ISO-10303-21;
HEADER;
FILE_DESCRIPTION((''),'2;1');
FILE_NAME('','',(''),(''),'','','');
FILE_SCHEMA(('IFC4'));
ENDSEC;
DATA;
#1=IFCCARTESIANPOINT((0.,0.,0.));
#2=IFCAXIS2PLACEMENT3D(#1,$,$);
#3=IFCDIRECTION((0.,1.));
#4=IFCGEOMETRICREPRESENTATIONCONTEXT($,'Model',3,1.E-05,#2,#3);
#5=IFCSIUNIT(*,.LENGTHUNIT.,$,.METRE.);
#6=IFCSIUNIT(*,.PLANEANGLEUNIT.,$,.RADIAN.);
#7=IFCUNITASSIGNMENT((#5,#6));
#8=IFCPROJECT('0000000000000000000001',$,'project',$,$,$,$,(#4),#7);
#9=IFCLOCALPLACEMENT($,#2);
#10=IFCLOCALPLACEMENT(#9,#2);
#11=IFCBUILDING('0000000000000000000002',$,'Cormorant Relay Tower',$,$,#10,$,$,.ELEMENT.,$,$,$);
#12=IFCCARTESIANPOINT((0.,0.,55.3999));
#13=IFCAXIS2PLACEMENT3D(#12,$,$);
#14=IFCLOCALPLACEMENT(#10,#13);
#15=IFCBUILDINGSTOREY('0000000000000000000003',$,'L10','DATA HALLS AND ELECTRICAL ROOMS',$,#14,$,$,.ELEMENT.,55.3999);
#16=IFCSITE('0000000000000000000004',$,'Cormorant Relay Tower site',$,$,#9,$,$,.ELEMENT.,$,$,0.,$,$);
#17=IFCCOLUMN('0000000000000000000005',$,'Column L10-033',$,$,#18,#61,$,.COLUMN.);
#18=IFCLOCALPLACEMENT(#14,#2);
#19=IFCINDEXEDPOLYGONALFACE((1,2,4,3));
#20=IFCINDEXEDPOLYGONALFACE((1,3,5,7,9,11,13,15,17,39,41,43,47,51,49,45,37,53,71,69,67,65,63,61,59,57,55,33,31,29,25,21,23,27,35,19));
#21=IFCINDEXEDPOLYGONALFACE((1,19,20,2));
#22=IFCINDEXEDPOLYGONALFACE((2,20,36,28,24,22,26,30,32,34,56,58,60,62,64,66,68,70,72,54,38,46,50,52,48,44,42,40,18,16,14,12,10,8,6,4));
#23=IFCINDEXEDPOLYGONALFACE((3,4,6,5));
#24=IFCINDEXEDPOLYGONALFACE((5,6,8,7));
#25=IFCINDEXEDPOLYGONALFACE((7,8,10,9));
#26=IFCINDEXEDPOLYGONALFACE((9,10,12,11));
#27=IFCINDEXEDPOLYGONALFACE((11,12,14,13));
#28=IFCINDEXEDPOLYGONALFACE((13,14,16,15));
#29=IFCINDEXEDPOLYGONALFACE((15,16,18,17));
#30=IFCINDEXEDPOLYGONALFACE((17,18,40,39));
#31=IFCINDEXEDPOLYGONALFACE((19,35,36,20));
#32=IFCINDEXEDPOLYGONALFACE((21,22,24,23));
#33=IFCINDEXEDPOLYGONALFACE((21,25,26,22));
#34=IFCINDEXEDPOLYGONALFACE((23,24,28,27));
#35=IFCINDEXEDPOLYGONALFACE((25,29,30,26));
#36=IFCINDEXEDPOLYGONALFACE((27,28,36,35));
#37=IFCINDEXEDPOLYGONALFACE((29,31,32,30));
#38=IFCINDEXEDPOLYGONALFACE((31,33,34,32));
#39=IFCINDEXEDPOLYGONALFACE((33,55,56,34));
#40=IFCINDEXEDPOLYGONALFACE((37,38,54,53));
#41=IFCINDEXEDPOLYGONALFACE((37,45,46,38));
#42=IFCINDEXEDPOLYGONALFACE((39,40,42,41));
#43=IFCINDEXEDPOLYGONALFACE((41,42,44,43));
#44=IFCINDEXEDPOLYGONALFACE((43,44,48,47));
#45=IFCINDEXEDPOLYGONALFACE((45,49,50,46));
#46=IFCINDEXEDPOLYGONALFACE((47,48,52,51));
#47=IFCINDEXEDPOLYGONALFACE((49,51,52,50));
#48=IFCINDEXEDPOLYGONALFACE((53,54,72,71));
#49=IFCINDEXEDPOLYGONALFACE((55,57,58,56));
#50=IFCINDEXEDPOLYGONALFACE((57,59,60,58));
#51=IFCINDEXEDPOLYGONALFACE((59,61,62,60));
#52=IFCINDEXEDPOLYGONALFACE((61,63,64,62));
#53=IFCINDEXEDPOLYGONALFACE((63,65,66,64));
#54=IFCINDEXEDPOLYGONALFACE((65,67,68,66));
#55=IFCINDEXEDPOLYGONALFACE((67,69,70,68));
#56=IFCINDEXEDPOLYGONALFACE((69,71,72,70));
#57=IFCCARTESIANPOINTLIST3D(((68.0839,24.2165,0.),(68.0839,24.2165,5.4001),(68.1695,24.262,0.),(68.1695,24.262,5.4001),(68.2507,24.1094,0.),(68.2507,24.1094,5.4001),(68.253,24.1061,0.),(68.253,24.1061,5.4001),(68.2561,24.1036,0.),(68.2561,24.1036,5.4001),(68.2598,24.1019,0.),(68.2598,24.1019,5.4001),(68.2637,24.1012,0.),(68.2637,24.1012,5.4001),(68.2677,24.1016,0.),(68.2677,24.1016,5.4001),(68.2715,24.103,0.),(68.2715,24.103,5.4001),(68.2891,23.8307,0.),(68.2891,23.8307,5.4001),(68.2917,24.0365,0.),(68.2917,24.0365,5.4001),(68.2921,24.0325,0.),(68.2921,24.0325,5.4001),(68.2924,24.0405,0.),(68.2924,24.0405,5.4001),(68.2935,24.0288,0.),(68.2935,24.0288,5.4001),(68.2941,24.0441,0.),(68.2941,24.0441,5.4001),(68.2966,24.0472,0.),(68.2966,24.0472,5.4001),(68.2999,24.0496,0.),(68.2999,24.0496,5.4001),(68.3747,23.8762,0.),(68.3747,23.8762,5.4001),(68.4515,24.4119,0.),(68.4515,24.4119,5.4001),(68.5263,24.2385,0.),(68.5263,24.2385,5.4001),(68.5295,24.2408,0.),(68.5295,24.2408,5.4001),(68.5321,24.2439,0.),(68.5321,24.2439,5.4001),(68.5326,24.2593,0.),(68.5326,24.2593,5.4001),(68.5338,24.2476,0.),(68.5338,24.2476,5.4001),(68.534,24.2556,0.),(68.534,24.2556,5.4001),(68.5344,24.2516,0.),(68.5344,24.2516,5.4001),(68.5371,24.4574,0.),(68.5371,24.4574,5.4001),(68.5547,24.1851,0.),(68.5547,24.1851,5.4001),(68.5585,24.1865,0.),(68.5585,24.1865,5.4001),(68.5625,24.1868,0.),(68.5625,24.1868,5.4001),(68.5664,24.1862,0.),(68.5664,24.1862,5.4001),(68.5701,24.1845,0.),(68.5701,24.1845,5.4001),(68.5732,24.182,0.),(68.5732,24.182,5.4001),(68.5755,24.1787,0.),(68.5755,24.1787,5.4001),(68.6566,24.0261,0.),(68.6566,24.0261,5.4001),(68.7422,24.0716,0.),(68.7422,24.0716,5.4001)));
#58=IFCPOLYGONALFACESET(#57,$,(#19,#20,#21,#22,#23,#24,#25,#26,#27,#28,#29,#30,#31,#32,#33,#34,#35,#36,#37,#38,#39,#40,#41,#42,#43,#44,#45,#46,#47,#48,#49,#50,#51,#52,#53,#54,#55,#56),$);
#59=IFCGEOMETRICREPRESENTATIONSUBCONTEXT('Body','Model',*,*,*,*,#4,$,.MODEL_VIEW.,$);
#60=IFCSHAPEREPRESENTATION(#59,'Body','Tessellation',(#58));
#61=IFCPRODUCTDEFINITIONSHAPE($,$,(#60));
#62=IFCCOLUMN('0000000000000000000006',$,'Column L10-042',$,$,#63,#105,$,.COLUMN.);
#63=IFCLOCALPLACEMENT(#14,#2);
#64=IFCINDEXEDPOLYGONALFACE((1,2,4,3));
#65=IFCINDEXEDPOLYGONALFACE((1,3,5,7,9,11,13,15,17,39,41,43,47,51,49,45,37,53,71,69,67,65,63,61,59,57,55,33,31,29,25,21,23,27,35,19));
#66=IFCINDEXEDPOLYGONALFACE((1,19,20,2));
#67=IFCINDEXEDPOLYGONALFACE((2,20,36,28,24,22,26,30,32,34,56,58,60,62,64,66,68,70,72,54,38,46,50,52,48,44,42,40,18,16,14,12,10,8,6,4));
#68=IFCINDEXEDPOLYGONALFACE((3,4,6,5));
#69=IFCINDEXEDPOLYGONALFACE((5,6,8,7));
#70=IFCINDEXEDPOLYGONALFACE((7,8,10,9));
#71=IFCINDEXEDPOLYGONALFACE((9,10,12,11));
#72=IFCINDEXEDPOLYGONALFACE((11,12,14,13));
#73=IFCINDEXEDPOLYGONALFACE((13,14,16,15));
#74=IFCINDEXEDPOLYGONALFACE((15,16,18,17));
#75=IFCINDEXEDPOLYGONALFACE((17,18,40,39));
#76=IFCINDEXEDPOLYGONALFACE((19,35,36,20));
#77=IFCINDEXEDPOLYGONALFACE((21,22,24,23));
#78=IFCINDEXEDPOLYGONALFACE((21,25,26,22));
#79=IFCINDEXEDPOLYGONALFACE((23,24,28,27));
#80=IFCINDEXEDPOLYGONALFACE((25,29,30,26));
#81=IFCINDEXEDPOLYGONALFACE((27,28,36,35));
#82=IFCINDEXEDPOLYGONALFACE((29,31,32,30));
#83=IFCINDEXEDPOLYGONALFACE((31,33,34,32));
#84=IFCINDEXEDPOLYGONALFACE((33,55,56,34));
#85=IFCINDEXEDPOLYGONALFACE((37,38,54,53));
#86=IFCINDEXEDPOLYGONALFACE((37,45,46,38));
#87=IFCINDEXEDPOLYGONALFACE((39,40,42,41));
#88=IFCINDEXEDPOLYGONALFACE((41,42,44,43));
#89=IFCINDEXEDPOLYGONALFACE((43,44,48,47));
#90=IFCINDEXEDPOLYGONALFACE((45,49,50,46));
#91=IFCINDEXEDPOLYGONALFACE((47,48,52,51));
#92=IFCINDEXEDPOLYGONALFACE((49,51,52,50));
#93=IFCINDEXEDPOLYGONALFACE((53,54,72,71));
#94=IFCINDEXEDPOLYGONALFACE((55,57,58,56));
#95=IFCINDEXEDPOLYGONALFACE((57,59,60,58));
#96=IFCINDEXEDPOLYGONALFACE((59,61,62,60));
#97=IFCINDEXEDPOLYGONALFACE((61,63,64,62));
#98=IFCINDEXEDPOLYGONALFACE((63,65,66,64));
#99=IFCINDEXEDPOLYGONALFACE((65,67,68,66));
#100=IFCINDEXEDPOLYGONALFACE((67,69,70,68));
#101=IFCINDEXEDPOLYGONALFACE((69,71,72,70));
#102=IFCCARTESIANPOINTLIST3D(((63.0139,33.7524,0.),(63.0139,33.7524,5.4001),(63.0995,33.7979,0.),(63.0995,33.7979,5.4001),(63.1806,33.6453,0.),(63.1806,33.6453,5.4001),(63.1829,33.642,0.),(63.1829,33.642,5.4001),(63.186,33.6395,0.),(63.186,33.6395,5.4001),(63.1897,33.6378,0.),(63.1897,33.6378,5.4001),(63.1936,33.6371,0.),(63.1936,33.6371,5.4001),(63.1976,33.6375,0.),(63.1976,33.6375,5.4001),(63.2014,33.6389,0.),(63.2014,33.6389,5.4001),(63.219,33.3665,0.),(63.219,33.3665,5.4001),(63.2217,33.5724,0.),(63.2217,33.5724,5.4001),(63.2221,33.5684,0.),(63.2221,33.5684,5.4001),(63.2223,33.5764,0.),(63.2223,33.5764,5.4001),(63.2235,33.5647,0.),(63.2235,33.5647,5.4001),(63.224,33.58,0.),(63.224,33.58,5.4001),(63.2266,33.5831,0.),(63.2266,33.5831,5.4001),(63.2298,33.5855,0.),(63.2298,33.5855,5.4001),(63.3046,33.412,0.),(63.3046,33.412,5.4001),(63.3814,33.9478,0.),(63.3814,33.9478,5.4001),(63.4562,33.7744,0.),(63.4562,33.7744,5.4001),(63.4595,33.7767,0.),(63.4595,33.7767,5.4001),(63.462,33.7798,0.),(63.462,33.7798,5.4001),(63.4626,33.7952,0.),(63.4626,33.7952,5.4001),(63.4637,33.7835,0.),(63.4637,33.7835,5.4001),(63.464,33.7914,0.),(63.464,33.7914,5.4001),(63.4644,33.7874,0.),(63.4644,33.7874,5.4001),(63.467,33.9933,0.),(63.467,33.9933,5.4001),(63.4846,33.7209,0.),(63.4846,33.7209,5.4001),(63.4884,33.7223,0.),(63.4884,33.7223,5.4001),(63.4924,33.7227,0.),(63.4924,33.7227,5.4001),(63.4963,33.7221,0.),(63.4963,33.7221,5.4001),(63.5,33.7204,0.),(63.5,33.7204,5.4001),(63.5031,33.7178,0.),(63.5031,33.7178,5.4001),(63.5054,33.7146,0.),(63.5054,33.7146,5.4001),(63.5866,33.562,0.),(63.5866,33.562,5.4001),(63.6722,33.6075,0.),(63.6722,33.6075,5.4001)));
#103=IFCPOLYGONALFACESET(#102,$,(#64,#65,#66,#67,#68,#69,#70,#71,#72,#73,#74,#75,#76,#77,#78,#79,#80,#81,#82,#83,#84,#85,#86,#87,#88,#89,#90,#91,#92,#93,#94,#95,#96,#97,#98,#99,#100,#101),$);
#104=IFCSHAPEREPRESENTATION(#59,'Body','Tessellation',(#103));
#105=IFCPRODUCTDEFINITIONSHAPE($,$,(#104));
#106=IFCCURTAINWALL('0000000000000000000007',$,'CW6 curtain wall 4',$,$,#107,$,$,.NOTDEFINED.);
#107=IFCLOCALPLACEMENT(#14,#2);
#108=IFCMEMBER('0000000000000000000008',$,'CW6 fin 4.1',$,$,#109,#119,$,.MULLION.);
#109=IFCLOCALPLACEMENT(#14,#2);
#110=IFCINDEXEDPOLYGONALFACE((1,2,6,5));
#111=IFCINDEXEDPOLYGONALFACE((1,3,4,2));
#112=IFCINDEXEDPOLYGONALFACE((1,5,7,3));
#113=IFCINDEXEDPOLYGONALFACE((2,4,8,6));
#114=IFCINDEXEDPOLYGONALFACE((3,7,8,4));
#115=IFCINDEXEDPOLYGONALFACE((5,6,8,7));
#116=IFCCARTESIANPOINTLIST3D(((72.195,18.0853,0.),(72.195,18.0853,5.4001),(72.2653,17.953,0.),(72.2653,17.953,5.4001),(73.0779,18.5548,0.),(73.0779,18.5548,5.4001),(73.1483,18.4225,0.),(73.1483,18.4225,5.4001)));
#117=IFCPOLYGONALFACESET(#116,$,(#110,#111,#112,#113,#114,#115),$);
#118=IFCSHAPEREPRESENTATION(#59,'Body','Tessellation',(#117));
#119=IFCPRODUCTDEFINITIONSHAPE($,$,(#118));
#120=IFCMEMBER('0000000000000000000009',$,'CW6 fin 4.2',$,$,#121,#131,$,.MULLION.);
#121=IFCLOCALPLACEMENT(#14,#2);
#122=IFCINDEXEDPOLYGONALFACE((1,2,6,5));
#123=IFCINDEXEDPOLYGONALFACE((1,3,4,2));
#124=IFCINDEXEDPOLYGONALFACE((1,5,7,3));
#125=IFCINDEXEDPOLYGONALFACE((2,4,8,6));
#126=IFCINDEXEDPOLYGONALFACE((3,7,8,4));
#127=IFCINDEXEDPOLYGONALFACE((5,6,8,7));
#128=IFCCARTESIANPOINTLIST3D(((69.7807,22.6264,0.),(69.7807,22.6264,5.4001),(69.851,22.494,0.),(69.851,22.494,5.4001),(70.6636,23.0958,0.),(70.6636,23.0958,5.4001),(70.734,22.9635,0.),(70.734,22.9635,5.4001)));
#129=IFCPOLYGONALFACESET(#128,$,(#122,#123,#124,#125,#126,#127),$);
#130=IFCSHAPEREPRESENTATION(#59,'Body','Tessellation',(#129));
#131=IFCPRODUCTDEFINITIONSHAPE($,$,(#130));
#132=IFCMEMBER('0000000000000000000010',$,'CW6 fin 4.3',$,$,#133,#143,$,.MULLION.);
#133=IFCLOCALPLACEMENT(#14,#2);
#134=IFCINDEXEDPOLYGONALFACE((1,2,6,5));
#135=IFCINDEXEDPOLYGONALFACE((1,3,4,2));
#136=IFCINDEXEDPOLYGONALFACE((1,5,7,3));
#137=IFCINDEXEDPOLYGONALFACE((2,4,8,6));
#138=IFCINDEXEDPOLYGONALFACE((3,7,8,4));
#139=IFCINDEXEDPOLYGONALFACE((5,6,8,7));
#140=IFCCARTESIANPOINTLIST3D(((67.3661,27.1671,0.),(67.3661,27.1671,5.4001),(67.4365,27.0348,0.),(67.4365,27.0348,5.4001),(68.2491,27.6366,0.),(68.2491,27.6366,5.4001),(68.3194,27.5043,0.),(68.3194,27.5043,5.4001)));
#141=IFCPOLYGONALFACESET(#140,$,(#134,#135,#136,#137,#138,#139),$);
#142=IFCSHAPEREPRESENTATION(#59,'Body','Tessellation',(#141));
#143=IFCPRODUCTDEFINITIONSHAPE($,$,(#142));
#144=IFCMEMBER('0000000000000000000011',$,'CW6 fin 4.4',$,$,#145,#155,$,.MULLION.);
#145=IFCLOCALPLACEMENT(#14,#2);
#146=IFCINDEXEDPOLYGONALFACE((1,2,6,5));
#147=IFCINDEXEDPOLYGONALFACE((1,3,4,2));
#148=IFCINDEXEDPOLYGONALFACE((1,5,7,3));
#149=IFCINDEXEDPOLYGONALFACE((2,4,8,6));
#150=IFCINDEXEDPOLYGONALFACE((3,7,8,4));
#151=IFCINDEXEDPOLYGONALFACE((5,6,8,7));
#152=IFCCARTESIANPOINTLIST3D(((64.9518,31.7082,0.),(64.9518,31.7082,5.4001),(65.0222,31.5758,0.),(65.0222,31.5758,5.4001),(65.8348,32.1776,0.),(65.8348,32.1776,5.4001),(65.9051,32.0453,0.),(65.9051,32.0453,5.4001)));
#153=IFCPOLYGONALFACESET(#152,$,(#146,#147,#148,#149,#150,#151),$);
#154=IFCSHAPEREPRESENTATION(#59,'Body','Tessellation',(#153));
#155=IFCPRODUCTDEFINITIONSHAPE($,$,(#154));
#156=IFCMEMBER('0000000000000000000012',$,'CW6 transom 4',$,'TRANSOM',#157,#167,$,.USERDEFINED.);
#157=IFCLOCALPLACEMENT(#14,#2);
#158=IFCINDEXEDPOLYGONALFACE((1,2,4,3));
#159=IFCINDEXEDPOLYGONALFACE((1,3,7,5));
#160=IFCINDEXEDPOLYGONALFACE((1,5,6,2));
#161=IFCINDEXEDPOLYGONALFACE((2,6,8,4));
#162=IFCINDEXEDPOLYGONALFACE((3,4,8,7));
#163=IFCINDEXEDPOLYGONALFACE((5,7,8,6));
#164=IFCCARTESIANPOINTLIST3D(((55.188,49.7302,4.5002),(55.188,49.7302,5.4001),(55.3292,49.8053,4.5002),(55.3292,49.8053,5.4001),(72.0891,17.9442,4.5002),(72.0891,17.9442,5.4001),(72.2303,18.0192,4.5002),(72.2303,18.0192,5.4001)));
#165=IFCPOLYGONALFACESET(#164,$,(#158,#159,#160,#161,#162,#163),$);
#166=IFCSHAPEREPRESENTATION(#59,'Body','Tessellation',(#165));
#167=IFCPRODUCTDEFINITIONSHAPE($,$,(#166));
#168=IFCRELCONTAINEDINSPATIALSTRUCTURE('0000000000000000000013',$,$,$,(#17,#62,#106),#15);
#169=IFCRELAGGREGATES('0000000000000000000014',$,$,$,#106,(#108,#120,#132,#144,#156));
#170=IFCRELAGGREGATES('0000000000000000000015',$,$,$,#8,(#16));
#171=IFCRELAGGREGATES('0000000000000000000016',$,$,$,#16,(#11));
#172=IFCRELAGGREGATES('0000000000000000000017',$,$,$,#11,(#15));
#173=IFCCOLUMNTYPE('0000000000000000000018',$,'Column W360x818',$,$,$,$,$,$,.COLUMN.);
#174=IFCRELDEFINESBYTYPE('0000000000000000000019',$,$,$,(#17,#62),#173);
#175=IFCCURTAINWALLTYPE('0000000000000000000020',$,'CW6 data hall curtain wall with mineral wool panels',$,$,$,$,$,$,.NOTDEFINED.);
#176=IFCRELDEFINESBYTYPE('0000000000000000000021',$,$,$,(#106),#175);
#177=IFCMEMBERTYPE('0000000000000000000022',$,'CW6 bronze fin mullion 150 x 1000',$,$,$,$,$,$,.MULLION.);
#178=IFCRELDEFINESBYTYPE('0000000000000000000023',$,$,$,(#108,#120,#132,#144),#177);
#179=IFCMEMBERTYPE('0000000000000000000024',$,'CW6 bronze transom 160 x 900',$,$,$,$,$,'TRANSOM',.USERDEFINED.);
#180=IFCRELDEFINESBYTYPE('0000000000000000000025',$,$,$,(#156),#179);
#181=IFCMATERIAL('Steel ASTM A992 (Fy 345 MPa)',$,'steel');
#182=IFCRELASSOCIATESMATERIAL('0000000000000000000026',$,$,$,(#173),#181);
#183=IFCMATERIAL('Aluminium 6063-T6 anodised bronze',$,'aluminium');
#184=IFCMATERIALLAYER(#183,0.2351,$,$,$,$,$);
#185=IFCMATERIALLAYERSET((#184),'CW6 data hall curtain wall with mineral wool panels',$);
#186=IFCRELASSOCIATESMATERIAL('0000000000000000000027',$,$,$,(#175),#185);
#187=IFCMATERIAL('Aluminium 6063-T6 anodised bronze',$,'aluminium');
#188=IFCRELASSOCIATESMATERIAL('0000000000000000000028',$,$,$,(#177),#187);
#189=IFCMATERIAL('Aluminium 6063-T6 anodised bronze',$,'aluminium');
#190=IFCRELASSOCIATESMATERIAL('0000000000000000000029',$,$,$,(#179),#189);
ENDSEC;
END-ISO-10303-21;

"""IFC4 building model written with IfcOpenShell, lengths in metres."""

from ifc_helpers import new_model, si_unit, direction, frame, origin, origin_2d, place, context, subcontext, project, spatial, rectangle, i_section, extrude, material, layer, layer_set, material_profile, profile_set, type_object, element, aggregate, save


model = new_model("IFC4")

# Units and contexts
model_context = context("Model", 3, precision=1e-05, world=origin(), true_north=direction((0.0, 1.0)))
body_context = subcontext(model_context, "Body", "Model", "MODEL_VIEW")
ifc_project = project(units=[si_unit("LENGTHUNIT", "METRE"), si_unit("PLANEANGLEUNIT", "RADIAN")], contexts=[model_context])

# Site, building, storey
site_placement = place(None, origin())
site = spatial("IfcSite", under=ifc_project, at=site_placement, Name="Cormorant Relay Tower site", CompositionType="ELEMENT", RefElevation=0.0)
building_placement = place(site_placement, origin())
building = spatial("IfcBuilding", under=site, at=building_placement, Name="Cormorant Relay Tower", CompositionType="ELEMENT")
storey_placement = place(building_placement, frame((0.0, 0.0, 55.3999)))
storey = spatial("IfcBuildingStorey", under=building, at=storey_placement, Name="L10", Description="DATA HALLS AND ELECTRICAL ROOMS", CompositionType="ELEMENT", Elevation=55.3999)

# Columns
ifc_material_1 = material(Name="Steel ASTM A992 (Fy 345 MPa)", Category="steel")
ifc_material_profile_1 = material_profile(ifc_material_1, i_section(OverallWidth=0.437, OverallDepth=0.5132, WebThickness=0.0605, FlangeThickness=0.0969, FilletRadius=0.0154, at=origin_2d()), Name="W360x818")
ifc_profile_set_1 = profile_set([ifc_material_profile_1], Name="Steel ASTM A992 (Fy 345 MPa)")
column_type_1 = type_object("IfcColumnType", Name="Column W360x818", PredefinedType="COLUMN", material=ifc_profile_set_1)
for number, where, z_axis, x_axis, name in (
    (1, (68.4131, 24.144, 0.0), (0.0, 0.0, 1.0), (-0.469472, 0.882948, 0.0), "Column L10-033"),
    (2, (63.343, 33.6799, 0.0), (0.0, 0.0, 1.0), (-0.469472, 0.882948, 0.0), "Column L10-042"),
):
    element("IfcColumn", number, at=place(storey_placement, frame(where, z_axis=z_axis, x_axis=x_axis)), inside=storey, type_object=column_type_1, Name=name, PredefinedType="COLUMN", context=body_context, shape_type="SweptSolid", body=[
        extrude(i_section(OverallWidth=0.437, OverallDepth=0.5132, WebThickness=0.0605, FlangeThickness=0.0969, FilletRadius=0.0154, at=origin_2d()), origin(), (0.0, 0.0, 1.0), 5.4001),
    ])

# Curtain wall, members
ifc_material_2 = material(Name="Aluminium 6063-T6 anodised bronze", Category="aluminium")
ifc_layer_1 = layer(ifc_material_2, 0.2351)
ifc_layer_set_1 = layer_set([ifc_layer_1], Name="CW6 data hall curtain wall with mineral wool panels")
curtain_wall_type = type_object("IfcCurtainWallType", Name="CW6 data hall curtain wall with mineral wool panels", PredefinedType="NOTDEFINED", material=ifc_layer_set_1)
curtain_wall_1_placement = place(storey_placement, origin())
curtain_wall_1 = element("IfcCurtainWall", 3, at=curtain_wall_1_placement, inside=storey, type_object=curtain_wall_type, Name="CW6 curtain wall 4", PredefinedType="NOTDEFINED")
ifc_material_3 = material(Name="Aluminium 6063-T6 anodised bronze", Category="aluminium")
ifc_material_profile_2 = material_profile(ifc_material_3, rectangle(XDim=0.1499, YDim=1.0, at=origin_2d()), Name="AL 150x1000")
ifc_profile_set_2 = profile_set([ifc_material_profile_2], Name="Aluminium 6063-T6 anodised bronze")
member_type_1 = type_object("IfcMemberType", Name="CW6 bronze fin mullion 150 x 1000", PredefinedType="MULLION", material=ifc_profile_set_2)
member_1_placement = place(storey_placement, frame((72.6716, 18.2539, 0.0), z_axis=(0.0, 0.0, 1.0), x_axis=(-0.469472, 0.882948, 0.0)))
member_1 = element("IfcMember", 4, at=member_1_placement, type_object=member_type_1, Name="CW6 fin 4.1", PredefinedType="MULLION", context=body_context, shape_type="SweptSolid", body=[
    extrude(rectangle(XDim=0.1499, YDim=1.0, at=origin_2d()), origin(), (0.0, 0.0, 1.0), 5.4001),
])
member_2_placement = place(storey_placement, frame((70.2573, 22.7949, 0.0), z_axis=(0.0, 0.0, 1.0), x_axis=(-0.469472, 0.882948, 0.0)))
member_2 = element("IfcMember", 5, at=member_2_placement, type_object=member_type_1, Name="CW6 fin 4.2", PredefinedType="MULLION", context=body_context, shape_type="SweptSolid", body=[
    extrude(rectangle(XDim=0.1499, YDim=1.0, at=origin_2d()), origin(), (0.0, 0.0, 1.0), 5.4001),
])
member_3_placement = place(storey_placement, frame((67.8428, 27.3357, 0.0), z_axis=(0.0, 0.0, 1.0), x_axis=(-0.469472, 0.882948, 0.0)))
member_3 = element("IfcMember", 6, at=member_3_placement, type_object=member_type_1, Name="CW6 fin 4.3", PredefinedType="MULLION", context=body_context, shape_type="SweptSolid", body=[
    extrude(rectangle(XDim=0.1499, YDim=1.0, at=origin_2d()), origin(), (0.0, 0.0, 1.0), 5.4001),
])
member_4_placement = place(storey_placement, frame((65.4285, 31.8767, 0.0), z_axis=(0.0, 0.0, 1.0), x_axis=(-0.469472, 0.882948, 0.0)))
member_4 = element("IfcMember", 7, at=member_4_placement, type_object=member_type_1, Name="CW6 fin 4.4", PredefinedType="MULLION", context=body_context, shape_type="SweptSolid", body=[
    extrude(rectangle(XDim=0.1499, YDim=1.0, at=origin_2d()), origin(), (0.0, 0.0, 1.0), 5.4001),
])
ifc_material_4 = material(Name="Aluminium 6063-T6 anodised bronze", Category="aluminium")
ifc_material_profile_3 = material_profile(ifc_material_4, rectangle(XDim=0.1599, YDim=0.8999, at=origin_2d()), Name="AL 160x900")
ifc_profile_set_3 = profile_set([ifc_material_profile_3], Name="Aluminium 6063-T6 anodised bronze")
member_type_2 = type_object("IfcMemberType", Name="CW6 bronze transom 160 x 900", ElementType="TRANSOM", PredefinedType="USERDEFINED", material=ifc_profile_set_3)
member_5_placement = place(storey_placement, frame((72.1597, 17.9817, 4.9502), z_axis=(-0.469475, 0.882946, 0.0), x_axis=(-0.882946, -0.469475, 0.0)))
member_5 = element("IfcMember", 8, at=member_5_placement, type_object=member_type_2, Name="CW6 transom 4", ObjectType="TRANSOM", PredefinedType="USERDEFINED", context=body_context, shape_type="SweptSolid", body=[
    extrude(rectangle(XDim=0.1599, YDim=0.8999, at=origin_2d()), origin(), (0.0, 0.0, 1.0), 36.0),
])

aggregate(curtain_wall_1, [member_1, member_2, member_3, member_4, member_5])

save(model, "model.ifc")
